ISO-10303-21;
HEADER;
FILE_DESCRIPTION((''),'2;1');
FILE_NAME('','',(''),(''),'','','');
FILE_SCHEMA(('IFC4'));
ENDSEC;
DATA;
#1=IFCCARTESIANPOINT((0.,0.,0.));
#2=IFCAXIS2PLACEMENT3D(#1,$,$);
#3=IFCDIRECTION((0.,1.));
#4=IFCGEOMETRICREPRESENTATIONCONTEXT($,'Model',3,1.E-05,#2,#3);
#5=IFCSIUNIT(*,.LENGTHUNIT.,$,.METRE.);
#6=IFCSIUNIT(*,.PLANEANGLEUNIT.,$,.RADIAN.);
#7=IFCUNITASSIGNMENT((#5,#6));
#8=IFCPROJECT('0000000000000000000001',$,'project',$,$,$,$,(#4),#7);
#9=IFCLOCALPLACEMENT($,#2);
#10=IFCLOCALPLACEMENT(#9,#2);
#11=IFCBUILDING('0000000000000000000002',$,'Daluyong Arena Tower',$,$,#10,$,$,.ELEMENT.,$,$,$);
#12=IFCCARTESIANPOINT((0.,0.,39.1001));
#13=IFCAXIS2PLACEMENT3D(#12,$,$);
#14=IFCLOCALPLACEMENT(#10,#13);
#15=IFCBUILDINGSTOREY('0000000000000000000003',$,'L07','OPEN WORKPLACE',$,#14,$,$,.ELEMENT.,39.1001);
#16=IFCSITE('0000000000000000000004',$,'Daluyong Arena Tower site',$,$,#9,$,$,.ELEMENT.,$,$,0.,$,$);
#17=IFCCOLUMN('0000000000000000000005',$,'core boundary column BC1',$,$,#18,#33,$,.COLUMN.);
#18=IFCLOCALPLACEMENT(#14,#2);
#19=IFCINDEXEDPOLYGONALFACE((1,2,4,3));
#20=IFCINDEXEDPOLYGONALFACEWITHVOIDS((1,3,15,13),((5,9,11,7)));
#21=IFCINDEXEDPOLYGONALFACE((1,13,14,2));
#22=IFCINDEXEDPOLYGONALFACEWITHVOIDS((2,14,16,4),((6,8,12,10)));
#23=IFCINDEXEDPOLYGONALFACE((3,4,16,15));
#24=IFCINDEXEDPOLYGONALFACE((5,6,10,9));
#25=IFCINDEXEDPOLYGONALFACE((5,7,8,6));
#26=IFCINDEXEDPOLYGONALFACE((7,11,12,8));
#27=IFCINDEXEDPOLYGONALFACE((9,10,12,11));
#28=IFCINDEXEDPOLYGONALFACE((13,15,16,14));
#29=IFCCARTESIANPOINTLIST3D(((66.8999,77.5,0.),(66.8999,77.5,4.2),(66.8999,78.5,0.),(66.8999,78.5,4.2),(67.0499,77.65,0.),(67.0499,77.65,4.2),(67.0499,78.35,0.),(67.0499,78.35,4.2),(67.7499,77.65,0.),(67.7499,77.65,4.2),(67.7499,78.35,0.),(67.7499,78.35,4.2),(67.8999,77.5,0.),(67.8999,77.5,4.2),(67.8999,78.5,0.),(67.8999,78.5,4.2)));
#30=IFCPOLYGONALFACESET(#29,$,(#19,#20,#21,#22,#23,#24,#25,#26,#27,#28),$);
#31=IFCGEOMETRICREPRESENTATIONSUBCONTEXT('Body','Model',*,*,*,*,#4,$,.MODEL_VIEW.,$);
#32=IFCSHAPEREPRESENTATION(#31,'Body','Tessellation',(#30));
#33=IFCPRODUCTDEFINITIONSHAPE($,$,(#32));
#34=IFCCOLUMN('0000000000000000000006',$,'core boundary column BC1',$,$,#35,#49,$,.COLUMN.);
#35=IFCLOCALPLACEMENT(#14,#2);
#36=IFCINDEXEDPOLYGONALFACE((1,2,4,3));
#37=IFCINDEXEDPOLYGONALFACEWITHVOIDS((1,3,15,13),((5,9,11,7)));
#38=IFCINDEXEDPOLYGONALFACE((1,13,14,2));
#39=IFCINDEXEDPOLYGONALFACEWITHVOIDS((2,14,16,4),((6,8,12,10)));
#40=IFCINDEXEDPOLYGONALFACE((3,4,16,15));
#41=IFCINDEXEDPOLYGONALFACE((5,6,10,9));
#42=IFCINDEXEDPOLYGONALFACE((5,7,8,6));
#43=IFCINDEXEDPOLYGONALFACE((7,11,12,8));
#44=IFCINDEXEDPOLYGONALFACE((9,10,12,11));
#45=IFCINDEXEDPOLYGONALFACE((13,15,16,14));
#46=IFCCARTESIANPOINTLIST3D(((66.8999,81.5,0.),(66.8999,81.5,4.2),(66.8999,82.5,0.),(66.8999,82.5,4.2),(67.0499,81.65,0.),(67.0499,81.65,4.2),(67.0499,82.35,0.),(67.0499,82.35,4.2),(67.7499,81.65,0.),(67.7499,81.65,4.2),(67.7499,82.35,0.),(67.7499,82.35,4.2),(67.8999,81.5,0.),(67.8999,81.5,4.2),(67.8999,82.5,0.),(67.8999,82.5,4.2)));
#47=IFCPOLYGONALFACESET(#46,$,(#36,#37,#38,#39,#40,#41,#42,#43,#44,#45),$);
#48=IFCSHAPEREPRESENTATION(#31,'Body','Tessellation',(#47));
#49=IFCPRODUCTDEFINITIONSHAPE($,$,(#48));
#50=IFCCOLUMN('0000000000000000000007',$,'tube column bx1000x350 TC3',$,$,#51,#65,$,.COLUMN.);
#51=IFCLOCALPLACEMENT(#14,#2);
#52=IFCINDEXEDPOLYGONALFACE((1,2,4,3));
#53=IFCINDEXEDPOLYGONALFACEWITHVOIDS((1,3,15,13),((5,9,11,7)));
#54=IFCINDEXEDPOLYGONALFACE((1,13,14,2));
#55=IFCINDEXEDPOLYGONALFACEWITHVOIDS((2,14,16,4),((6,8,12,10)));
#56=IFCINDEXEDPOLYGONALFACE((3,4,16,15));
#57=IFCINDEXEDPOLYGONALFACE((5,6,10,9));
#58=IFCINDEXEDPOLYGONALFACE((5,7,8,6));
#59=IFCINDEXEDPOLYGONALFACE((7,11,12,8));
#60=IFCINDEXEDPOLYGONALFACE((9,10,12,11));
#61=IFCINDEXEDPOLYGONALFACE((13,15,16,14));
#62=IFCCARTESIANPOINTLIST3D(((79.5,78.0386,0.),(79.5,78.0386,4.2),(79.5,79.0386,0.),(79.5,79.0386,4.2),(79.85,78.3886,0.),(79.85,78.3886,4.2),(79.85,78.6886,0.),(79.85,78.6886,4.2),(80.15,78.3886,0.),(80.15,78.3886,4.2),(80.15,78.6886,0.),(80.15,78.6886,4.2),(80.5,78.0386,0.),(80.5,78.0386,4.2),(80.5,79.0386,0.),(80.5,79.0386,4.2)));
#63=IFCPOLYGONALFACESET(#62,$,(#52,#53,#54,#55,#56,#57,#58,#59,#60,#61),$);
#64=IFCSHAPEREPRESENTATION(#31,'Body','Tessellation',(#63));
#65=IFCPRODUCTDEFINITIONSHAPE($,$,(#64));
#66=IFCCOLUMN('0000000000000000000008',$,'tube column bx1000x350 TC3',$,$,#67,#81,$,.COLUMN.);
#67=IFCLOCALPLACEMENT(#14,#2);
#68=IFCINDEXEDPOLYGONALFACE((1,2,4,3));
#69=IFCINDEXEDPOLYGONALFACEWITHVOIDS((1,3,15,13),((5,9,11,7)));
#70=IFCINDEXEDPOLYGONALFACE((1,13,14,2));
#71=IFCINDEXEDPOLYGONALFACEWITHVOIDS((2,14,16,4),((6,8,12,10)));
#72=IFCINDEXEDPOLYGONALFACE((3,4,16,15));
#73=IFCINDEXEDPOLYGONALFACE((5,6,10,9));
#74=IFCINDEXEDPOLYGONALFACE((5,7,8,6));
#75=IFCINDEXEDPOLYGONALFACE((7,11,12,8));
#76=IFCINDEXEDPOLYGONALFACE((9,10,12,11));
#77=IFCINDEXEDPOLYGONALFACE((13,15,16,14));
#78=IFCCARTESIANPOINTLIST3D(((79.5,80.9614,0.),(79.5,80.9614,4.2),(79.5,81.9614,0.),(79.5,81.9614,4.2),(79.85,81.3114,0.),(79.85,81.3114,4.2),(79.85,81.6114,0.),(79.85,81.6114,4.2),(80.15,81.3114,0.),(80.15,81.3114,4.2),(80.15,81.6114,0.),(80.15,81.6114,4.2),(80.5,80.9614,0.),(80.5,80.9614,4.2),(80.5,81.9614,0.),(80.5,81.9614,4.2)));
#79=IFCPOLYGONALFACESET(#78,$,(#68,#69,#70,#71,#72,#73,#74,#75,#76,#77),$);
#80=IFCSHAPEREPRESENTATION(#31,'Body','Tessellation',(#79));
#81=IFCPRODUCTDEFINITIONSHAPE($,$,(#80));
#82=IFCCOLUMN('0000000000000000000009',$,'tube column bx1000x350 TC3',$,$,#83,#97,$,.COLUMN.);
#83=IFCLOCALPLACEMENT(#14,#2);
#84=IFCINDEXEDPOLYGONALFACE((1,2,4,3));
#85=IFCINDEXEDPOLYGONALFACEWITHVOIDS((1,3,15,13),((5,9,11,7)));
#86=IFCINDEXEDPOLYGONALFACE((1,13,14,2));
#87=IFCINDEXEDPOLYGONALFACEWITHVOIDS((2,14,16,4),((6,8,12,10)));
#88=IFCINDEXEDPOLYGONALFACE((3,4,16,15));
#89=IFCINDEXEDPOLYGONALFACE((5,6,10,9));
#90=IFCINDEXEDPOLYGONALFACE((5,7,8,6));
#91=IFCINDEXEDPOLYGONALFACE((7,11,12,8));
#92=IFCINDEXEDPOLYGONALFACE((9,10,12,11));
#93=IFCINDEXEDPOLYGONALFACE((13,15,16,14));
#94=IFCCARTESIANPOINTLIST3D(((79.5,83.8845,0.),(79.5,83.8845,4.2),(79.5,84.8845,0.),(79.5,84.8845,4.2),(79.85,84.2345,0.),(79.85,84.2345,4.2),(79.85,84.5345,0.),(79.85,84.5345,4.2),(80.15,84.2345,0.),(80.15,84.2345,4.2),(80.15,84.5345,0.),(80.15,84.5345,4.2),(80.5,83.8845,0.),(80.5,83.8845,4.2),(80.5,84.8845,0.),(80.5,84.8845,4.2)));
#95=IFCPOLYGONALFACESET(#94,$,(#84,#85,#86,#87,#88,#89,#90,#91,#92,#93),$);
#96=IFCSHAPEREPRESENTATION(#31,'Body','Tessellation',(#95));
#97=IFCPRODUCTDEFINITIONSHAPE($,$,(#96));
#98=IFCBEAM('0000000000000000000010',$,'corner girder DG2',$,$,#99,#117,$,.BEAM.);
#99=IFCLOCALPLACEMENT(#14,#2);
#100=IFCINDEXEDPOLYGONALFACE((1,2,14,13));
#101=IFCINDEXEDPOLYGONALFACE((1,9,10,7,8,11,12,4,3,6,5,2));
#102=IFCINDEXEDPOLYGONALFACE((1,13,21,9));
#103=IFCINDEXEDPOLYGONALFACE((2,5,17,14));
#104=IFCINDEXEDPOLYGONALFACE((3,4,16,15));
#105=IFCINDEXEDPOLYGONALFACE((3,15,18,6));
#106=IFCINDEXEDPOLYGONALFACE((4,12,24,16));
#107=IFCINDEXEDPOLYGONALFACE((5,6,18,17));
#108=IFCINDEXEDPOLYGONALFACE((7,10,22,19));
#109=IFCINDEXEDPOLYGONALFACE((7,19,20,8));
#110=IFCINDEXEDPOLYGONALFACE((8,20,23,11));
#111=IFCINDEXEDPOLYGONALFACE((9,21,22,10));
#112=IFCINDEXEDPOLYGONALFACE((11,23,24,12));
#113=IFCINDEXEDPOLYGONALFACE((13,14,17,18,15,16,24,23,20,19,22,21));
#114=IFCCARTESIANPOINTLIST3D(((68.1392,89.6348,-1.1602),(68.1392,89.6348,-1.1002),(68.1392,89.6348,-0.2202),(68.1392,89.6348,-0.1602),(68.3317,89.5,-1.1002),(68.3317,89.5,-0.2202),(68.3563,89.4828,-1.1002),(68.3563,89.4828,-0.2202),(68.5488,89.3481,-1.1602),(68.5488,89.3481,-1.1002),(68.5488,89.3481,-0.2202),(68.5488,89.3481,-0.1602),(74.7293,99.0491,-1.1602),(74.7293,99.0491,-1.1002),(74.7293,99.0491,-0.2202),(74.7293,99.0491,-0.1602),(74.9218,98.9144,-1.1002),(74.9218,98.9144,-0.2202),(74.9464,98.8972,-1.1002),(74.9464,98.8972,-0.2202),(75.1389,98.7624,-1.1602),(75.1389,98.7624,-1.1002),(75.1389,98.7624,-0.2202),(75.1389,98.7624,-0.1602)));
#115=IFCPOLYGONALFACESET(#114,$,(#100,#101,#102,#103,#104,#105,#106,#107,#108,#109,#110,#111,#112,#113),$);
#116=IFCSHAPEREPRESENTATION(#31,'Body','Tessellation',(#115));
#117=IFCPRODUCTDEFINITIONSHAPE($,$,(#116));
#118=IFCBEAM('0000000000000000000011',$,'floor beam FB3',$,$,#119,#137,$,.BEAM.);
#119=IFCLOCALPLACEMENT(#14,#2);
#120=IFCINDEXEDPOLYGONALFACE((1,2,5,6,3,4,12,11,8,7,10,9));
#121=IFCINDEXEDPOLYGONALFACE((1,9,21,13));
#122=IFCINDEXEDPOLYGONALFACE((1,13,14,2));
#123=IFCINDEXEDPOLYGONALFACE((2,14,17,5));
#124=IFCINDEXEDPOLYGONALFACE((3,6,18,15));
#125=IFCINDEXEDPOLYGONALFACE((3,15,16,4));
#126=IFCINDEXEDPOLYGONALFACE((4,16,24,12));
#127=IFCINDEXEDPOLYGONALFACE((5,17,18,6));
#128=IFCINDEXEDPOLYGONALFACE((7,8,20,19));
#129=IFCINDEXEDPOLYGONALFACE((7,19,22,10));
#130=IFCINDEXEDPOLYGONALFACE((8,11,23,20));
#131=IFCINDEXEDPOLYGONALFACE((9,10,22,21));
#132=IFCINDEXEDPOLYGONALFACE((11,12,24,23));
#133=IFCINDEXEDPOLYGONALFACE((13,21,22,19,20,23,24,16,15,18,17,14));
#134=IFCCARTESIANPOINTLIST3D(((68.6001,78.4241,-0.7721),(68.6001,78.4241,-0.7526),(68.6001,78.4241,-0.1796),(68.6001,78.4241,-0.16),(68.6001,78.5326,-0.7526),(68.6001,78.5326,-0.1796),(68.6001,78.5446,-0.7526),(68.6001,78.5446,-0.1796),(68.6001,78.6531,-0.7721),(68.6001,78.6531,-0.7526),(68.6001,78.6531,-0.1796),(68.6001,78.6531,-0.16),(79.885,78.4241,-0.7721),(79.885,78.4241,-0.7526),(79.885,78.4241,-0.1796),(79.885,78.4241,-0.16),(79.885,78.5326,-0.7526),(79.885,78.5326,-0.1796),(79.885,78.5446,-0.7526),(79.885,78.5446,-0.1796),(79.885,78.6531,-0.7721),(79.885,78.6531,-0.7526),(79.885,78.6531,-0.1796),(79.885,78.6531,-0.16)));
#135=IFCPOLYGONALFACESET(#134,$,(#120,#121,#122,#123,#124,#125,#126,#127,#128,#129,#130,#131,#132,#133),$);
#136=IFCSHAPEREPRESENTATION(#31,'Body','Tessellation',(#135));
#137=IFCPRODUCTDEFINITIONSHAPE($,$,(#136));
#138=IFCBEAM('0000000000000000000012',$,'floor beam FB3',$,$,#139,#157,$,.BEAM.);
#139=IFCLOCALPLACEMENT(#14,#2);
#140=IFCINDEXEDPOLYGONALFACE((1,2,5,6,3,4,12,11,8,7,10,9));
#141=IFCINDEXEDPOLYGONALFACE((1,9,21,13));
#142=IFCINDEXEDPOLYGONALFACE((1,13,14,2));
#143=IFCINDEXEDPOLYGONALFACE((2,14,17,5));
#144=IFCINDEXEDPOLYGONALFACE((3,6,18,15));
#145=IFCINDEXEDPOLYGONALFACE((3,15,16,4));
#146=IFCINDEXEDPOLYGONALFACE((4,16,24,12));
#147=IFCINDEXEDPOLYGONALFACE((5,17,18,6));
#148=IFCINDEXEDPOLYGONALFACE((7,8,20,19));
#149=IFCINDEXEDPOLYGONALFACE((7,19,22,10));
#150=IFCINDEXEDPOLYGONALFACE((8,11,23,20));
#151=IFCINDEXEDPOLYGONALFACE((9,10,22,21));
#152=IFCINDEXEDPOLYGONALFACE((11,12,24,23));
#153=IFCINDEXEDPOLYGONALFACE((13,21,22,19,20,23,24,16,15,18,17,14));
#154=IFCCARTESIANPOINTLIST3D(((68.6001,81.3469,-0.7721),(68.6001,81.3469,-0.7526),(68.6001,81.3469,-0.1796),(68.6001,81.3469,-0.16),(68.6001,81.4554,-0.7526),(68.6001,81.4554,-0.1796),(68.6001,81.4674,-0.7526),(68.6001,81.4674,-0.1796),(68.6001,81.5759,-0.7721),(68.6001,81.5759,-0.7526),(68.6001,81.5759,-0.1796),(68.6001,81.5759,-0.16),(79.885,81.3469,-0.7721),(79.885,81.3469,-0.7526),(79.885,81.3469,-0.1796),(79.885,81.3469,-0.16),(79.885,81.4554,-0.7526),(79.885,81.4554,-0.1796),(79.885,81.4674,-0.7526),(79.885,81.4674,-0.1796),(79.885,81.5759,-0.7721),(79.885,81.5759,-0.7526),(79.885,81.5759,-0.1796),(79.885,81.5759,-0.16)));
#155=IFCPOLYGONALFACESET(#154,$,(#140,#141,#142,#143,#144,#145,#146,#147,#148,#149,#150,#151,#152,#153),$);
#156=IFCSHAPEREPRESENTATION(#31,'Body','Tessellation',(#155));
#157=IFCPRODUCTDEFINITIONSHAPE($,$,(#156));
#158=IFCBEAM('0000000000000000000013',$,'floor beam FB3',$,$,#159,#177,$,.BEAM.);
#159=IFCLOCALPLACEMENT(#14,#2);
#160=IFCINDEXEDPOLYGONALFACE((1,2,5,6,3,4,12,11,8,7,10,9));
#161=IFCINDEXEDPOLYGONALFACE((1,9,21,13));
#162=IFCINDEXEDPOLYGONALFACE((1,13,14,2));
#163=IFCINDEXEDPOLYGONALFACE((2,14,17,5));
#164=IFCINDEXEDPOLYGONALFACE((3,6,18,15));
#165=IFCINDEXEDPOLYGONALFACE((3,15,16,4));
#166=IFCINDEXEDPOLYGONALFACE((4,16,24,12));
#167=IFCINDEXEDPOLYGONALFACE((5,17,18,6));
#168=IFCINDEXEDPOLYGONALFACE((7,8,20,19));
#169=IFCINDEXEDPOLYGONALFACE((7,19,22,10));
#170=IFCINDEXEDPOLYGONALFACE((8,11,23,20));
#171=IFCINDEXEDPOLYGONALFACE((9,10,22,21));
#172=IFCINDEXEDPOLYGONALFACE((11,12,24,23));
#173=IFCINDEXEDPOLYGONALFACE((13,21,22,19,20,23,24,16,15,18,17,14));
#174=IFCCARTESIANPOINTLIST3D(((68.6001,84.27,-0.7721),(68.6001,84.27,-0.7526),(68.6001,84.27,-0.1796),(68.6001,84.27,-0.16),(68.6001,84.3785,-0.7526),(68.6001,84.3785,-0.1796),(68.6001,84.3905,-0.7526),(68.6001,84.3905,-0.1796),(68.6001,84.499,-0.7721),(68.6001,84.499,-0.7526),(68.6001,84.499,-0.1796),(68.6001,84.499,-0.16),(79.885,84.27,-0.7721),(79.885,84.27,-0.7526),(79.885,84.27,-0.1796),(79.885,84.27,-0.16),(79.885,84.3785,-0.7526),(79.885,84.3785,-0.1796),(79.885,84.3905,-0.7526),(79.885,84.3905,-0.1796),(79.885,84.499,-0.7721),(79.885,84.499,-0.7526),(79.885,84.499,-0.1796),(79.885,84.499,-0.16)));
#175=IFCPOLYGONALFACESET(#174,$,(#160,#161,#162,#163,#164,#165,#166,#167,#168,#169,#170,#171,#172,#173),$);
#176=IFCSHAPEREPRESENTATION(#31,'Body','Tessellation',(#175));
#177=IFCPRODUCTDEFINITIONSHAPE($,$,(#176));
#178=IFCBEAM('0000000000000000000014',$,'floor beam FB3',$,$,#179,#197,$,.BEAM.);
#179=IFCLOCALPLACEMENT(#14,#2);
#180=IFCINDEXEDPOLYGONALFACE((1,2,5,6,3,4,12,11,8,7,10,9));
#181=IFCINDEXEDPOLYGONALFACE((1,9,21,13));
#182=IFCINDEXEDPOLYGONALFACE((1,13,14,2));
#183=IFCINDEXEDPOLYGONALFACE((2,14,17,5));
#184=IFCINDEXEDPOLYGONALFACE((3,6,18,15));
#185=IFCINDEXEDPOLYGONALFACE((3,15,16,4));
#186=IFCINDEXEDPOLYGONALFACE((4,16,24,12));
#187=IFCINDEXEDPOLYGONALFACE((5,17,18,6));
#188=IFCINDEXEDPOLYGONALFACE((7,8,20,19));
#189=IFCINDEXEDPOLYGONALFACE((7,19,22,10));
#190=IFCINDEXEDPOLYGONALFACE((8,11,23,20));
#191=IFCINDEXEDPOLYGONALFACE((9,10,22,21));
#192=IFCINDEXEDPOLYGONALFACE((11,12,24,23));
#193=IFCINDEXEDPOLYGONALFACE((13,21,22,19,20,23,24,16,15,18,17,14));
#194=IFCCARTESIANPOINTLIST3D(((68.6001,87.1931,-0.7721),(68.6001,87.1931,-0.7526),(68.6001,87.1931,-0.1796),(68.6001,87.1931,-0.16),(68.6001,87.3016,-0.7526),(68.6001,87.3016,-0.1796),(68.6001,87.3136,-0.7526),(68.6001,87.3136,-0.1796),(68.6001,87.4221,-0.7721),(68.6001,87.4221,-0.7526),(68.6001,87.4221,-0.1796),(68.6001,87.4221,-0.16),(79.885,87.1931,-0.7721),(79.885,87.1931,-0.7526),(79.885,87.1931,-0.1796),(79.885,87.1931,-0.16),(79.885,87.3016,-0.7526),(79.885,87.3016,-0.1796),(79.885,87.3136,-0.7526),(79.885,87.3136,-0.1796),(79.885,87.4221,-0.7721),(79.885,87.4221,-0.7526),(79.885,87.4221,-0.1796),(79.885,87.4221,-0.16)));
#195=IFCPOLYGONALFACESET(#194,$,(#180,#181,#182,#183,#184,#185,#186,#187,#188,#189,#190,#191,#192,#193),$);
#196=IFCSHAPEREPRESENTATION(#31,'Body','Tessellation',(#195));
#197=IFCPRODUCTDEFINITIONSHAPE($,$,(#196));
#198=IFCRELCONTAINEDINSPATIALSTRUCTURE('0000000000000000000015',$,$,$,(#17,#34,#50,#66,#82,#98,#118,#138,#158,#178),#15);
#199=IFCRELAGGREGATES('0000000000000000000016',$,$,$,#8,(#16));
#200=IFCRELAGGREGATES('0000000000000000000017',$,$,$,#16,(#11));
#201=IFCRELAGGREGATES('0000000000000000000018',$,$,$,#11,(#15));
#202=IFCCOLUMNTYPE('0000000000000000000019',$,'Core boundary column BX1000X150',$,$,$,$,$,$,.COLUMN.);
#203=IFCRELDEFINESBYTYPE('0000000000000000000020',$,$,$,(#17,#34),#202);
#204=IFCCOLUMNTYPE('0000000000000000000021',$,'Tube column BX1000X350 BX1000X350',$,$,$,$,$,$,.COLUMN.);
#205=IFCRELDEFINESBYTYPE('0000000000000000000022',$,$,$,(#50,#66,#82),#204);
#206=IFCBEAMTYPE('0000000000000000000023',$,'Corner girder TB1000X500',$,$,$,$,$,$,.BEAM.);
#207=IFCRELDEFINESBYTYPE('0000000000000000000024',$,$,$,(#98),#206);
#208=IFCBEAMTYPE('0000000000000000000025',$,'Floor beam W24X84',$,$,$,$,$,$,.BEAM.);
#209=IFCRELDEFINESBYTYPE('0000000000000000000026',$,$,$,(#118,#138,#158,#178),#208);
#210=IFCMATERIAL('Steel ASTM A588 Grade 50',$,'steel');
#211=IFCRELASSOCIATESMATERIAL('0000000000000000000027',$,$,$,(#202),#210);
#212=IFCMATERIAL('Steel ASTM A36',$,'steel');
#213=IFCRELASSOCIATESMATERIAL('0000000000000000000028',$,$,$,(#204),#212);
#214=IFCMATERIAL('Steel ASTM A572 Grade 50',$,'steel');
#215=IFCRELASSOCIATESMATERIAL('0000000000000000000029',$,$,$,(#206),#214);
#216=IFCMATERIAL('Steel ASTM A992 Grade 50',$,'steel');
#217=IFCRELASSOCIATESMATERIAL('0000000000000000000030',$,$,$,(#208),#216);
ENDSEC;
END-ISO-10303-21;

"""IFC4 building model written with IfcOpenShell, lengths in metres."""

from ifc_helpers import new_model, si_unit, direction, frame, origin, origin_2d, place, context, subcontext, project, spatial, hollow_rectangle, i_section, extrude, material, material_profile, profile_set, type_object, element, save


model = new_model("IFC4")

# Units and contexts
model_context = context("Model", 3, precision=1e-05, world=origin(), true_north=direction((0.0, 1.0)))
body_context = subcontext(model_context, "Body", "Model", "MODEL_VIEW")
ifc_project = project(units=[si_unit("LENGTHUNIT", "METRE"), si_unit("PLANEANGLEUNIT", "RADIAN")], contexts=[model_context])

# Site, building, storey
site_placement = place(None, origin())
site = spatial("IfcSite", under=ifc_project, at=site_placement, Name="Daluyong Arena Tower site", CompositionType="ELEMENT", RefElevation=0.0)
building_placement = place(site_placement, origin())
building = spatial("IfcBuilding", under=site, at=building_placement, Name="Daluyong Arena Tower", CompositionType="ELEMENT")
storey_placement = place(building_placement, frame((0.0, 0.0, 39.1001)))
storey = spatial("IfcBuildingStorey", under=building, at=storey_placement, Name="L07", Description="OPEN WORKPLACE", CompositionType="ELEMENT", Elevation=39.1001)

# Columns
ifc_material_1 = material(Name="Steel ASTM A588 Grade 50", Category="steel")
ifc_material_profile_1 = material_profile(ifc_material_1, hollow_rectangle(XDim=1.0, YDim=1.0, WallThickness=0.15, at=origin_2d()))
ifc_profile_set_1 = profile_set([ifc_material_profile_1], Name="Steel ASTM A588 Grade 50")
column_type_1 = type_object("IfcColumnType", Name="Core boundary column BX1000X150", PredefinedType="COLUMN", material=ifc_profile_set_1)
for number, where, z_axis, x_axis, name in (
    (1, (67.3999, 78.0, 0.0), (0.0, 0.0, 1.0), (1.0, 0.0, 0.0), "core boundary column BC1"),
    (2, (67.3999, 82.0, 0.0), (0.0, 0.0, 1.0), (1.0, 0.0, 0.0), "core boundary column BC1"),
):
    element("IfcColumn", number, at=place(storey_placement, frame(where, z_axis=z_axis, x_axis=x_axis)), inside=storey, type_object=column_type_1, Name=name, PredefinedType="COLUMN", context=body_context, shape_type="SweptSolid", body=[
        extrude(hollow_rectangle(XDim=1.0, YDim=1.0, WallThickness=0.15, at=origin_2d()), origin(), (0.0, 0.0, 1.0), 4.2),
    ])
ifc_material_2 = material(Name="Steel ASTM A36", Category="steel")
ifc_material_profile_2 = material_profile(ifc_material_2, hollow_rectangle(XDim=1.0, YDim=1.0, WallThickness=0.35, at=origin_2d()))
ifc_profile_set_2 = profile_set([ifc_material_profile_2], Name="Steel ASTM A36")
column_type_2 = type_object("IfcColumnType", Name="Tube column BX1000X350 BX1000X350", PredefinedType="COLUMN", material=ifc_profile_set_2)
for number, where, z_axis, x_axis, name in (
    (3, (80.0, 78.5386, 0.0), (0.0, 0.0, 1.0), (0.0, 1.0, 0.0), "tube column bx1000x350 TC3"),
    (4, (80.0, 81.4614, 0.0), (0.0, 0.0, 1.0), (0.0, 1.0, 0.0), "tube column bx1000x350 TC3"),
    (5, (80.0, 84.3845, 0.0), (0.0, 0.0, 1.0), (0.0, 1.0, 0.0), "tube column bx1000x350 TC3"),
):
    element("IfcColumn", number, at=place(storey_placement, frame(where, z_axis=z_axis, x_axis=x_axis)), inside=storey, type_object=column_type_2, Name=name, PredefinedType="COLUMN", context=body_context, shape_type="SweptSolid", body=[
        extrude(hollow_rectangle(XDim=1.0, YDim=1.0, WallThickness=0.35, at=origin_2d()), origin(), (0.0, 0.0, 1.0), 4.2),
    ])

# Beams
ifc_material_3 = material(Name="Steel ASTM A572 Grade 50", Category="steel")
ifc_material_profile_3 = material_profile(ifc_material_3, i_section(OverallWidth=0.5, OverallDepth=1.0, WebThickness=0.03, FlangeThickness=0.06, at=origin_2d()))
ifc_profile_set_3 = profile_set([ifc_material_profile_3], Name="Steel ASTM A572 Grade 50")
beam_type_1 = type_object("IfcBeamType", Name="Corner girder TB1000X500", PredefinedType="BEAM", material=ifc_profile_set_3)
beam_1_placement = place(storey_placement, frame((74.9341, 98.9058, -0.6602), z_axis=(-0.573467, -0.819229, 0.0), x_axis=(0.819229, -0.573467, 0.0)))
element("IfcBeam", 6, at=beam_1_placement, inside=storey, type_object=beam_type_1, Name="corner girder DG2", PredefinedType="BEAM", context=body_context, shape_type="SweptSolid", body=[
    extrude(i_section(OverallWidth=0.5, OverallDepth=1.0, WebThickness=0.03, FlangeThickness=0.06, at=origin_2d()), origin(), (0.0, 0.0, 1.0), 11.4917),
])
ifc_material_4 = material(Name="Steel ASTM A992 Grade 50", Category="steel")
ifc_material_profile_4 = material_profile(ifc_material_4, i_section(OverallWidth=0.229, OverallDepth=0.6121, WebThickness=0.012, FlangeThickness=0.0195, at=origin_2d()))
ifc_profile_set_4 = profile_set([ifc_material_profile_4], Name="Steel ASTM A992 Grade 50")
beam_type_2 = type_object("IfcBeamType", Name="Floor beam W24X84", PredefinedType="BEAM", material=ifc_profile_set_4)
for number, where, z_axis, x_axis, name in (
    (7, (79.885, 78.5386, -0.4661), (-1.0, 0.0, 0.0), (0.0, -1.0, 0.0), "floor beam FB3"),
    (8, (79.885, 81.4614, -0.4661), (-1.0, 0.0, 0.0), (0.0, -1.0, 0.0), "floor beam FB3"),
    (9, (79.885, 84.3845, -0.4661), (-1.0, 0.0, 0.0), (0.0, -1.0, 0.0), "floor beam FB3"),
    (10, (79.885, 87.3076, -0.4661), (-1.0, 0.0, 0.0), (0.0, -1.0, 0.0), "floor beam FB3"),
):
    element("IfcBeam", number, at=place(storey_placement, frame(where, z_axis=z_axis, x_axis=x_axis)), inside=storey, type_object=beam_type_2, Name=name, PredefinedType="BEAM", context=body_context, shape_type="SweptSolid", body=[
        extrude(i_section(OverallWidth=0.229, OverallDepth=0.6121, WebThickness=0.012, FlangeThickness=0.0195, at=origin_2d()), origin(), (0.0, 0.0, 1.0), 11.2849),
    ])

save(model, "model.ifc")
